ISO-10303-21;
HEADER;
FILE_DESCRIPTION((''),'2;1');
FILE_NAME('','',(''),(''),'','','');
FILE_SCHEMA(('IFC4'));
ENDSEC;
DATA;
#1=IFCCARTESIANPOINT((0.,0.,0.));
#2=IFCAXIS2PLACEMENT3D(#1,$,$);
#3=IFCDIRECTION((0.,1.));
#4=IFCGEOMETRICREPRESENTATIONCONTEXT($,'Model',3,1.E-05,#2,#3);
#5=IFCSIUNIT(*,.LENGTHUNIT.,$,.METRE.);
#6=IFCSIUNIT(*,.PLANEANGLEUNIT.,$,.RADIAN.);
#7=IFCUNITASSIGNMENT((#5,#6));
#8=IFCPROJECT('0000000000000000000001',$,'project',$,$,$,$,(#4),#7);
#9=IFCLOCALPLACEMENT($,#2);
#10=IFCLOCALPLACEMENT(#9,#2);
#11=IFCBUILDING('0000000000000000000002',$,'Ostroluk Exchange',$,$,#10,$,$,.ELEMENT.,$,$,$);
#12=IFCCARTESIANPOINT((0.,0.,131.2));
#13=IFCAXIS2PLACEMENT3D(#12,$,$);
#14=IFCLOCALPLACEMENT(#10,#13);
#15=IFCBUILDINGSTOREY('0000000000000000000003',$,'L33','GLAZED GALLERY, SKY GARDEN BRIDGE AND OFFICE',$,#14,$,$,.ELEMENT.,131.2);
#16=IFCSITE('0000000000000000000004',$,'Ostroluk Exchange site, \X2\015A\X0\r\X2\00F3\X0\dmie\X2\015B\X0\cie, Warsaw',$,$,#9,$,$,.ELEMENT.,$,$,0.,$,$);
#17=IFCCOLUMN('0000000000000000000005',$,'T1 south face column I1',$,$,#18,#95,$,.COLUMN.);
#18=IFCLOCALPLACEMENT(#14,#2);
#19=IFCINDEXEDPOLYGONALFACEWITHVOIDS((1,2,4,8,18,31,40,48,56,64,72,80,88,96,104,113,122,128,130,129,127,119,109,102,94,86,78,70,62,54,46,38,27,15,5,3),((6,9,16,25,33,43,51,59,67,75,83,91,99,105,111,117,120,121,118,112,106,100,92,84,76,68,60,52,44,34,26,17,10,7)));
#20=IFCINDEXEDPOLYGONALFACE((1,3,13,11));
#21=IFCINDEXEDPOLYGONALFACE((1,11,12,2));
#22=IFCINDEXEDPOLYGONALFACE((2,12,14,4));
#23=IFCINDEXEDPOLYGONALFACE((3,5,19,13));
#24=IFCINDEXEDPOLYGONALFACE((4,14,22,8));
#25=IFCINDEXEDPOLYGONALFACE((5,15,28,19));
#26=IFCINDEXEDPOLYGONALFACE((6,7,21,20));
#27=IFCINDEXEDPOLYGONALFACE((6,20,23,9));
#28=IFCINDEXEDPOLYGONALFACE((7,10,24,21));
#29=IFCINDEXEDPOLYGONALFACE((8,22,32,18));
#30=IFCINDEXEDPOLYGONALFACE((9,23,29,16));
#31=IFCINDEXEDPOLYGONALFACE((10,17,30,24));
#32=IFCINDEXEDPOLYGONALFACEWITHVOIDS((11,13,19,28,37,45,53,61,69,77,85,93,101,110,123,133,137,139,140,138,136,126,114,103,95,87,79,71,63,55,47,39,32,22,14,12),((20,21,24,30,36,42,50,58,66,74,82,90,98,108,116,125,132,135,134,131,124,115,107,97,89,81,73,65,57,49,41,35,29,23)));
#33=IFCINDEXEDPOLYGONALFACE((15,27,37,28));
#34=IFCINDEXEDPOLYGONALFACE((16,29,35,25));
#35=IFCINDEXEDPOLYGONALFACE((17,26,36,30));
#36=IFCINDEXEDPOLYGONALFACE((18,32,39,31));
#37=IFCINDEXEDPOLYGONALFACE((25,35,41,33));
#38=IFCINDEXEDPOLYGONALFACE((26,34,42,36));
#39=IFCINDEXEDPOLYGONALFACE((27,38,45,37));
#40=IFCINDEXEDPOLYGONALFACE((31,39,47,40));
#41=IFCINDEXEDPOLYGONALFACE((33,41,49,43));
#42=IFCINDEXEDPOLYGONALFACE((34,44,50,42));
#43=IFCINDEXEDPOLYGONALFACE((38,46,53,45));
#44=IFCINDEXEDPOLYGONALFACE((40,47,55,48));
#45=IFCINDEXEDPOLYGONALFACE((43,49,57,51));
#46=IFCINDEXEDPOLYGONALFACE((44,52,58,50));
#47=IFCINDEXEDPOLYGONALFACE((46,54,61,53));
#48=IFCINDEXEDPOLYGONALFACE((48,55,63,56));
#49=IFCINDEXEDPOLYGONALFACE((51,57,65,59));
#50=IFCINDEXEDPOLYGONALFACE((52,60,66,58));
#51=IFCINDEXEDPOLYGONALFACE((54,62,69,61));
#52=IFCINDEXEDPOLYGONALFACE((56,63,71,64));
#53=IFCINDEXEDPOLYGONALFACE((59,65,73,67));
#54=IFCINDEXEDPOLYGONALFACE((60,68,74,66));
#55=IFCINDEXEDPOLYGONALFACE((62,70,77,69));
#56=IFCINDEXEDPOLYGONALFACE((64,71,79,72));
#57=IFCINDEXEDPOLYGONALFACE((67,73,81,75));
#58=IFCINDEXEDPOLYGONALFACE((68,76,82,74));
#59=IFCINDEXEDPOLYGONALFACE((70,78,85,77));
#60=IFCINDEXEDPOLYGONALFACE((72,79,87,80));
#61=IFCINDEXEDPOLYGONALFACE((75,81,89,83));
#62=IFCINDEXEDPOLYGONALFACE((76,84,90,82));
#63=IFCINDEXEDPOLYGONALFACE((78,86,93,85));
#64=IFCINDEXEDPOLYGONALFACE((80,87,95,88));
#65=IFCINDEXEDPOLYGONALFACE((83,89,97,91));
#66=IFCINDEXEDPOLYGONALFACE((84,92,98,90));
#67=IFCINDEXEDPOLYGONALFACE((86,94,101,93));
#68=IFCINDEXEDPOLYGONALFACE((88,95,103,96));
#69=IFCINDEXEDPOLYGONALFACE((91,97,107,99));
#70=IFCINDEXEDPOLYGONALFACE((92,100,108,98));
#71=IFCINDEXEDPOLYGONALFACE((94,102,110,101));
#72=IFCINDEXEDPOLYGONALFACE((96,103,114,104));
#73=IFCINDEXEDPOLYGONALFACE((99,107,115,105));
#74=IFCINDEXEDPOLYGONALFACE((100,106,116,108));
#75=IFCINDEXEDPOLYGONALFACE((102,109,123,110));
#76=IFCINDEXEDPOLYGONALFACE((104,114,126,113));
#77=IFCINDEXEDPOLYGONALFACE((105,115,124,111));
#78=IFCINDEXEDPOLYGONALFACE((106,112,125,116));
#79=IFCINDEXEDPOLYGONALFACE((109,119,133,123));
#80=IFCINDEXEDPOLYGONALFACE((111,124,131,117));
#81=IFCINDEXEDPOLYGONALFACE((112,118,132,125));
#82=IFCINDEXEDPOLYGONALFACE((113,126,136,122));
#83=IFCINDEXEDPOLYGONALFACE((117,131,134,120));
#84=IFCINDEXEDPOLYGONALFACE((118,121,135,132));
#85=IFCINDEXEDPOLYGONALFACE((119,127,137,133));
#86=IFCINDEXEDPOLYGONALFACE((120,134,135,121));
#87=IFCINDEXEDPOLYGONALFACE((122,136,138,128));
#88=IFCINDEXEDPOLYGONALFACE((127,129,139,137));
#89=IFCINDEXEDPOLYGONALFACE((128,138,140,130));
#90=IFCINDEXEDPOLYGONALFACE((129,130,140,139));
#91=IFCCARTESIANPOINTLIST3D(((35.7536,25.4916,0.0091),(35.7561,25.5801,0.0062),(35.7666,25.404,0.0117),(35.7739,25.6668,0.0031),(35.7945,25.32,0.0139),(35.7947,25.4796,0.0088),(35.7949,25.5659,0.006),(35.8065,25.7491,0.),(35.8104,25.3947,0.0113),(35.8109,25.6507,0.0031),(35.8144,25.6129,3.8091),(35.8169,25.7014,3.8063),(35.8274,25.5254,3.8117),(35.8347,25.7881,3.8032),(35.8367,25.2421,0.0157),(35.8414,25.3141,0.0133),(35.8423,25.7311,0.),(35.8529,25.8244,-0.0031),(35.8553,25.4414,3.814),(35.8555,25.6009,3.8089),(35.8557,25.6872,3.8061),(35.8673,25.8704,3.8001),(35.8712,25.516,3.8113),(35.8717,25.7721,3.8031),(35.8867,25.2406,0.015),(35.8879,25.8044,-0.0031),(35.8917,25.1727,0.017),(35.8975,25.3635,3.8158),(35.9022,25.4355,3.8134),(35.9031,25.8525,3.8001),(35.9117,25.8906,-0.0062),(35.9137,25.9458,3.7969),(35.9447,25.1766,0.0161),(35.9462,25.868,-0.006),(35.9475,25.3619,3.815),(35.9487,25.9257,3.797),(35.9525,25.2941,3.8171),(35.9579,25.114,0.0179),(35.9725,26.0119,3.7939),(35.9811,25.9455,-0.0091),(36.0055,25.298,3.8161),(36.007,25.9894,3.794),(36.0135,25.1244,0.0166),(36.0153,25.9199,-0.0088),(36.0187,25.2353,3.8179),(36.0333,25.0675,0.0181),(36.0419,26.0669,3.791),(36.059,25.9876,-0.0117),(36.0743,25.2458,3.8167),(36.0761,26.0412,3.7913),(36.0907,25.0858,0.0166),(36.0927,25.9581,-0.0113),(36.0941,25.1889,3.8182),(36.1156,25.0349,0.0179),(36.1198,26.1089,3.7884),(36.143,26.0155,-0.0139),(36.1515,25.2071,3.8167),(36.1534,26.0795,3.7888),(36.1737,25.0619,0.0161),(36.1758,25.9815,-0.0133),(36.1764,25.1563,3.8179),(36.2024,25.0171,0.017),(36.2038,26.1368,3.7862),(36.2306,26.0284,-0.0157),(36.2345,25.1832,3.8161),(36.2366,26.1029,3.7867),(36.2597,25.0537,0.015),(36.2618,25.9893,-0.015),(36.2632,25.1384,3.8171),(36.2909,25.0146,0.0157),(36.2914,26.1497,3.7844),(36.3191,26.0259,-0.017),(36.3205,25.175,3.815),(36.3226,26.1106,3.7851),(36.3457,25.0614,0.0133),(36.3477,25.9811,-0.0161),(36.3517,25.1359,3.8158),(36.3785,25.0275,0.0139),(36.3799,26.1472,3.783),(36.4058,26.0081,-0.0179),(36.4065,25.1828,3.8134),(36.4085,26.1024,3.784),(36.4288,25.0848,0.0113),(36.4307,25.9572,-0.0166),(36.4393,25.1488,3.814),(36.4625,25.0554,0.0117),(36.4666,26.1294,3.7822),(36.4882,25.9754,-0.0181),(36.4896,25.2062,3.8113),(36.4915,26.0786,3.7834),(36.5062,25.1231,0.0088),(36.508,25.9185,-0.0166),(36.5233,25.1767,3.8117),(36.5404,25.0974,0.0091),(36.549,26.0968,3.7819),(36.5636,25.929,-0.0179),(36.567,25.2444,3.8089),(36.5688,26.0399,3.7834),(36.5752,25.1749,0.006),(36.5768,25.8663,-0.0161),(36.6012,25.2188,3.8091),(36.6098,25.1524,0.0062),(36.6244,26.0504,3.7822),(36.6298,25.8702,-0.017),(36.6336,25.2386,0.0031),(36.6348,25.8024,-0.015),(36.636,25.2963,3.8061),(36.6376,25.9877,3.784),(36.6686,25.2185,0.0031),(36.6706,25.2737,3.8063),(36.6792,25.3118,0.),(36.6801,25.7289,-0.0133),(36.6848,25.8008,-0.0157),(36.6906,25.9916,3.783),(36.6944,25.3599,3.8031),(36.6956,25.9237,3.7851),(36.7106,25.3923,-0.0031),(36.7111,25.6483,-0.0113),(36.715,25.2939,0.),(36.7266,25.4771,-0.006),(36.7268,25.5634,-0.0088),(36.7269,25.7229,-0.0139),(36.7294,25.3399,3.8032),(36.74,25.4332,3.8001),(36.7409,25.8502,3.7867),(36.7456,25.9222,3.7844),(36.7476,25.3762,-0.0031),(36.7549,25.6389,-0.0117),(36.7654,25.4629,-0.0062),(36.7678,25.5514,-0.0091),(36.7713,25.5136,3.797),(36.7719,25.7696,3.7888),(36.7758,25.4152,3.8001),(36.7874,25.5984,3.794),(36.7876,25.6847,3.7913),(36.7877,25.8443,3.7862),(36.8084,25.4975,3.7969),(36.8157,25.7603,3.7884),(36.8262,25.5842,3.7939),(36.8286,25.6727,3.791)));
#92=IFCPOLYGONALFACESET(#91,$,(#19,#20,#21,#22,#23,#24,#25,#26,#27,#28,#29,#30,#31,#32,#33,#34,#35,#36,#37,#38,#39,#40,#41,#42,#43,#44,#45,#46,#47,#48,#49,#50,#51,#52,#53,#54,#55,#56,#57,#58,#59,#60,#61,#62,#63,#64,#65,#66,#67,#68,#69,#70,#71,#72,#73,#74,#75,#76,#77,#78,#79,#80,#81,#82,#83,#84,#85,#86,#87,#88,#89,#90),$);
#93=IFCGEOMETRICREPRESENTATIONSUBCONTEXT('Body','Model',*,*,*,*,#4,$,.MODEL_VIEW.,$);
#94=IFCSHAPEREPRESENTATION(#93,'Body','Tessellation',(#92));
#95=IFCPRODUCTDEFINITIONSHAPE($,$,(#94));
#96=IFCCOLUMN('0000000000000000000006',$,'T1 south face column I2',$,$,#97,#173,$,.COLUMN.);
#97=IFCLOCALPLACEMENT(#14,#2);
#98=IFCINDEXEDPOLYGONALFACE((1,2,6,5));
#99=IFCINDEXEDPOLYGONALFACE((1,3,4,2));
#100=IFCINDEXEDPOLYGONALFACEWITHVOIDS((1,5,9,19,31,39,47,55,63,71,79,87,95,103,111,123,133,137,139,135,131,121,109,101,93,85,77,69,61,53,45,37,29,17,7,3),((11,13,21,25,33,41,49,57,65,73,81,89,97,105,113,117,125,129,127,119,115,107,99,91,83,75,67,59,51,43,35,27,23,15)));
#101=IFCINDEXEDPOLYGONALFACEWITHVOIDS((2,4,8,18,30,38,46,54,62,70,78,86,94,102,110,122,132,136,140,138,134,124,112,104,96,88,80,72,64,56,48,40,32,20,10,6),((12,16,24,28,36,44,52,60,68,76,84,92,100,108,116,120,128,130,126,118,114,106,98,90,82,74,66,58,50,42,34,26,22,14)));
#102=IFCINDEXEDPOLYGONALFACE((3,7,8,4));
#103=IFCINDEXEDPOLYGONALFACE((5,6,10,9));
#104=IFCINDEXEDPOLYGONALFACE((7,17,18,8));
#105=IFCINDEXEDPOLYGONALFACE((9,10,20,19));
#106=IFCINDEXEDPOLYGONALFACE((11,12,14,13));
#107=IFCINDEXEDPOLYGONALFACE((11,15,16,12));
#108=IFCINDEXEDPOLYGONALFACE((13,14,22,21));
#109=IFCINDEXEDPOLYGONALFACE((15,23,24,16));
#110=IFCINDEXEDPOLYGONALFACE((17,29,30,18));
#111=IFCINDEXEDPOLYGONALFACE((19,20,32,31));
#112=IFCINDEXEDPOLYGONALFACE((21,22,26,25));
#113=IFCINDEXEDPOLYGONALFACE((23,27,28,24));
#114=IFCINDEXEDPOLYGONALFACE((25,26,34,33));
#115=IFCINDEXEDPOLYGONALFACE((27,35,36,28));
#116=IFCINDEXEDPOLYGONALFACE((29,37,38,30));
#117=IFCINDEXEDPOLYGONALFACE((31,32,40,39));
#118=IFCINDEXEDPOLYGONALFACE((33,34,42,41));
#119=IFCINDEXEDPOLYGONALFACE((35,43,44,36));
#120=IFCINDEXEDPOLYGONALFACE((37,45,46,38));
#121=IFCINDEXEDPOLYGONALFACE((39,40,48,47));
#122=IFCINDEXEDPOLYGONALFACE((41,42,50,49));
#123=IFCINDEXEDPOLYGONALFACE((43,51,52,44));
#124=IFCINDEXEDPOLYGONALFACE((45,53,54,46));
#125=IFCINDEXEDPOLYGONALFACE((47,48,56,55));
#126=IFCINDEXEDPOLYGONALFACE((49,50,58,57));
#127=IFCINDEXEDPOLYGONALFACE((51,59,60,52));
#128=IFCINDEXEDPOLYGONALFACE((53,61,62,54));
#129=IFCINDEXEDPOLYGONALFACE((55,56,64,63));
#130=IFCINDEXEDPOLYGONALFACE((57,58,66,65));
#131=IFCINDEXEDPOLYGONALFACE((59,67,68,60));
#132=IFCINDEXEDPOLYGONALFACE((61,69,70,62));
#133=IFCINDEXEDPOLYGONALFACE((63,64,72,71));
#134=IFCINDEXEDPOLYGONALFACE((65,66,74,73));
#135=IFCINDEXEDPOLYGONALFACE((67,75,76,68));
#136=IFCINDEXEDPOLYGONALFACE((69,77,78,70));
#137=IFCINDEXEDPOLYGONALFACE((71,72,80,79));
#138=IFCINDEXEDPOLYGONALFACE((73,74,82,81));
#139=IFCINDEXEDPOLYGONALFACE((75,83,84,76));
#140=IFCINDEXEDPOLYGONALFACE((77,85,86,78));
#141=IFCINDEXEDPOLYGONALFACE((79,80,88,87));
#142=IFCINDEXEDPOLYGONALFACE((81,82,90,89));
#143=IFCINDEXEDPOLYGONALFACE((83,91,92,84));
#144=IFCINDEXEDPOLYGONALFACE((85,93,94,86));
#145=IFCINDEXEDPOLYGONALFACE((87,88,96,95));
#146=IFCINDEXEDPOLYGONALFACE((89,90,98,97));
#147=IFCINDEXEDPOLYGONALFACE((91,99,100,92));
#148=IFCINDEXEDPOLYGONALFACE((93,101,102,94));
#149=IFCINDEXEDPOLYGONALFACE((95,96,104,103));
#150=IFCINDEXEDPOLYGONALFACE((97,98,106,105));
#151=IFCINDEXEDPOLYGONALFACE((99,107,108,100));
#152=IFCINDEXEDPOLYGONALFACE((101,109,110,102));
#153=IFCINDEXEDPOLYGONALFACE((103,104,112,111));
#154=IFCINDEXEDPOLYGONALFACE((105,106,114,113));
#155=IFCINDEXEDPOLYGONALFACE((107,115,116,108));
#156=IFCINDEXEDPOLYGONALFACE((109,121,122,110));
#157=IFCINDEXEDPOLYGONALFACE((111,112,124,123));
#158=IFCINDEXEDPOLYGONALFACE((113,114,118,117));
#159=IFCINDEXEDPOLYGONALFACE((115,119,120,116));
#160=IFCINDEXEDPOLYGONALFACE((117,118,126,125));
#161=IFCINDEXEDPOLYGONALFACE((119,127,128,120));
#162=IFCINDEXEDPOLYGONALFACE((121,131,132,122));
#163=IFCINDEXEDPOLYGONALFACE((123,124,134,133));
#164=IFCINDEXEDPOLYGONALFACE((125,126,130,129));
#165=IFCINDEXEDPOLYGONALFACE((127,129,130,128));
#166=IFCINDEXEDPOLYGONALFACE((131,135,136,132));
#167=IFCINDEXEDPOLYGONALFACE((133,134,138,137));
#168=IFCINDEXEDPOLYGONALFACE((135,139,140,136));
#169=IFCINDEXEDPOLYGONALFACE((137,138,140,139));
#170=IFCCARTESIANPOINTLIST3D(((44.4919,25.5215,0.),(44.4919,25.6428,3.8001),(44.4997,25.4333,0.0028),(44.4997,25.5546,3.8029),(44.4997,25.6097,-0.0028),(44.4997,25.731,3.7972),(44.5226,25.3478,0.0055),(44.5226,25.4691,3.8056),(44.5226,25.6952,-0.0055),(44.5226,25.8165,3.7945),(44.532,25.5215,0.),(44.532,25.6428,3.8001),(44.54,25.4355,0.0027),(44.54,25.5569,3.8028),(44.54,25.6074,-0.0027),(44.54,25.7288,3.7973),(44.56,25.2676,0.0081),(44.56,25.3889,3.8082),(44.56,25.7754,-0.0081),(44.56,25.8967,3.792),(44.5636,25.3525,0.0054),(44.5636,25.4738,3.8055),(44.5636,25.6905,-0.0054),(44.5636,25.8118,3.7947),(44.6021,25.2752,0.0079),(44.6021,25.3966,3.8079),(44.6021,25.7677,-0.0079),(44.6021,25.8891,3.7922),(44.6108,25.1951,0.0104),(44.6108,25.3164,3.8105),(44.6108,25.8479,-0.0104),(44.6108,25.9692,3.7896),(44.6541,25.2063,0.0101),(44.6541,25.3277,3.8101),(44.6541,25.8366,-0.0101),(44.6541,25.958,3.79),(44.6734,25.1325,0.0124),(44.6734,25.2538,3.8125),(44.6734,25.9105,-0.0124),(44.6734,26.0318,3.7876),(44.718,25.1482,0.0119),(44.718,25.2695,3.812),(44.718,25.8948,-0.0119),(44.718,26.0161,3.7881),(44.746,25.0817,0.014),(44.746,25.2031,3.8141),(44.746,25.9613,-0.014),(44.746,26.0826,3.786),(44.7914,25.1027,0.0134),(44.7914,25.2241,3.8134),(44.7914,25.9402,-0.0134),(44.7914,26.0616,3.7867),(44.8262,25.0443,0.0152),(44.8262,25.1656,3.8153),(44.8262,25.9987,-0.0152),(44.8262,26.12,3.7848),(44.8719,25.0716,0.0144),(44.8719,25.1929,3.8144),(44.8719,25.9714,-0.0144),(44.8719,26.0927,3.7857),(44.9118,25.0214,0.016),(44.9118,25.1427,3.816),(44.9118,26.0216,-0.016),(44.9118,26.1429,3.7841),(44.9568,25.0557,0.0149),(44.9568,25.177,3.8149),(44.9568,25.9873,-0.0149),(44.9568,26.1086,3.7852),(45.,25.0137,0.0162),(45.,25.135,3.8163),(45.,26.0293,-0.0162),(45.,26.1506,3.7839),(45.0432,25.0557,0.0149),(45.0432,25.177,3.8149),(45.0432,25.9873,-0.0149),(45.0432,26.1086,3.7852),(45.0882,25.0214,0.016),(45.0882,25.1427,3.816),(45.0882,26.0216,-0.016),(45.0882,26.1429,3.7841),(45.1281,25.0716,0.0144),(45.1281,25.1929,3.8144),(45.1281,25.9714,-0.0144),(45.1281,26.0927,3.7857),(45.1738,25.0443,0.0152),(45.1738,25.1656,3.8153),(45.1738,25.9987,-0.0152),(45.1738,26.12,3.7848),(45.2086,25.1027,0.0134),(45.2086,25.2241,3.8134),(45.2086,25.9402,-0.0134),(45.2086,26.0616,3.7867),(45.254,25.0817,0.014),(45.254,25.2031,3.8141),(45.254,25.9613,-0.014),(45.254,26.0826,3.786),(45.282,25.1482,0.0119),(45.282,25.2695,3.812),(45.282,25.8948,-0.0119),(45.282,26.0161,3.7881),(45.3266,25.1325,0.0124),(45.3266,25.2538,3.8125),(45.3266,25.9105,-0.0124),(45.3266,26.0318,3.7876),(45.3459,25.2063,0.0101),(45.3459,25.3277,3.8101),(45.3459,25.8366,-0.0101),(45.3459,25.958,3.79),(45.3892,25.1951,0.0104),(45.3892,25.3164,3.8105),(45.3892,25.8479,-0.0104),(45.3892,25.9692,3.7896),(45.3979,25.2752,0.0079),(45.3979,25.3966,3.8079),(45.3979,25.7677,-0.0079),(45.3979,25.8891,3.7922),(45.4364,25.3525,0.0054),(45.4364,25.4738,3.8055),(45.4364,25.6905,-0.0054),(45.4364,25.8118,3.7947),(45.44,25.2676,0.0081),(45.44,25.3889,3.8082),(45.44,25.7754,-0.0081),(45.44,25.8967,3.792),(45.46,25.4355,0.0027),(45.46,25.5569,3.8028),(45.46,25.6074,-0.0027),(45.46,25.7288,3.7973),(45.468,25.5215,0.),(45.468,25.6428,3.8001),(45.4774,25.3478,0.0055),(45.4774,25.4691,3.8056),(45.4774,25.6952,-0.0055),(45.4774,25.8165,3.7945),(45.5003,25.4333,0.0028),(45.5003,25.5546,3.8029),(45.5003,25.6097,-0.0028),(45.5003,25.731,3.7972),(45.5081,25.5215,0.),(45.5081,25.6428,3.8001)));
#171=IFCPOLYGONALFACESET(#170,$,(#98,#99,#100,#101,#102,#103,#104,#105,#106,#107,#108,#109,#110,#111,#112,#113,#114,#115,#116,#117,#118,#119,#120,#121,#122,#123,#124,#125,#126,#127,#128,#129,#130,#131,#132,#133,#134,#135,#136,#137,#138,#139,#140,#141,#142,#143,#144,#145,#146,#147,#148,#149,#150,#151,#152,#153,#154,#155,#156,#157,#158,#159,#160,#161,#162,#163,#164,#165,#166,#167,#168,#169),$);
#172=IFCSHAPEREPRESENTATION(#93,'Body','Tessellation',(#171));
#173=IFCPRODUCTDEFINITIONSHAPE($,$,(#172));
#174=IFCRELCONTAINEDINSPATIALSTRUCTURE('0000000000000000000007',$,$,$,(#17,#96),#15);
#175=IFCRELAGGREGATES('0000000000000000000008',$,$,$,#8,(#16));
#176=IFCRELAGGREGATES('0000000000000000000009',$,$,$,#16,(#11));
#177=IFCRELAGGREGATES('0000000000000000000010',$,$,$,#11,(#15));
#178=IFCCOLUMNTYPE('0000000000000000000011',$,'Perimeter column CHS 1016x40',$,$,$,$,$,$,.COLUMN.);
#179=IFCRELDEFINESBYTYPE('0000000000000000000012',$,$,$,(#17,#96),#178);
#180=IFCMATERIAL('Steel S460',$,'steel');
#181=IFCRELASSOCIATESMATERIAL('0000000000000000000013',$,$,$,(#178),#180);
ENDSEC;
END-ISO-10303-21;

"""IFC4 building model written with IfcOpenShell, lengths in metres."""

from ifc_helpers import new_model, si_unit, direction, frame, origin, origin_2d, place, context, subcontext, project, spatial, hollow_circle, extrude, material, material_profile, profile_set, type_object, element, save


model = new_model("IFC4")

# Units and contexts
model_context = context("Model", 3, precision=1e-05, world=origin(), true_north=direction((0.0, 1.0)))
body_context = subcontext(model_context, "Body", "Model", "MODEL_VIEW")
ifc_project = project(units=[si_unit("LENGTHUNIT", "METRE"), si_unit("PLANEANGLEUNIT", "RADIAN")], contexts=[model_context])

# Site, building, storey
site_placement = place(None, origin())
site = spatial("IfcSite", under=ifc_project, at=site_placement, Name="Ostroluk Exchange site, Śródmieście, Warsaw", CompositionType="ELEMENT", RefElevation=0.0)
building_placement = place(site_placement, origin())
building = spatial("IfcBuilding", under=site, at=building_placement, Name="Ostroluk Exchange", CompositionType="ELEMENT")
storey_placement = place(building_placement, frame((0.0, 0.0, 131.2)))
storey = spatial("IfcBuildingStorey", under=building, at=storey_placement, Name="L33", Description="GLAZED GALLERY, SKY GARDEN BRIDGE AND OFFICE", CompositionType="ELEMENT", Elevation=131.2)

# Columns
ifc_material_1 = material(Name="Steel S460", Category="steel")
ifc_material_profile_1 = material_profile(ifc_material_1, hollow_circle(Radius=0.5081, WallThickness=0.04, at=origin_2d()), Name="CHS 1016x40")
ifc_profile_set_1 = profile_set([ifc_material_profile_1], Name="Steel S460")
column_type = type_object("IfcColumnType", Name="Perimeter column CHS 1016x40", PredefinedType="COLUMN", material=ifc_profile_set_1)
column_1_placement = place(storey_placement, frame((36.2607, 25.5215, 0.0), z_axis=(0.015987, 0.03191, 0.999363), x_axis=(-0.894067, 0.447933, 0.0)))
element("IfcColumn", 1, at=column_1_placement, inside=storey, type_object=column_type, Name="T1 south face column I1", PredefinedType="COLUMN", context=body_context, shape_type="SweptSolid", body=[
    extrude(hollow_circle(Radius=0.5081, WallThickness=0.04, at=origin_2d()), origin(), (0.0, 0.0, 1.0), 3.8025),
])
column_2_placement = place(storey_placement, frame((45.0, 25.5215, 0.0), z_axis=(0.0, 0.031914, 0.999491), x_axis=(-1.0, 0.0, 0.0)))
element("IfcColumn", 2, at=column_2_placement, inside=storey, type_object=column_type, Name="T1 south face column I2", PredefinedType="COLUMN", context=body_context, shape_type="SweptSolid", body=[
    extrude(hollow_circle(Radius=0.5081, WallThickness=0.04, at=origin_2d()), origin(), (0.0, 0.0, 1.0), 3.802),
])

save(model, "model.ifc")
